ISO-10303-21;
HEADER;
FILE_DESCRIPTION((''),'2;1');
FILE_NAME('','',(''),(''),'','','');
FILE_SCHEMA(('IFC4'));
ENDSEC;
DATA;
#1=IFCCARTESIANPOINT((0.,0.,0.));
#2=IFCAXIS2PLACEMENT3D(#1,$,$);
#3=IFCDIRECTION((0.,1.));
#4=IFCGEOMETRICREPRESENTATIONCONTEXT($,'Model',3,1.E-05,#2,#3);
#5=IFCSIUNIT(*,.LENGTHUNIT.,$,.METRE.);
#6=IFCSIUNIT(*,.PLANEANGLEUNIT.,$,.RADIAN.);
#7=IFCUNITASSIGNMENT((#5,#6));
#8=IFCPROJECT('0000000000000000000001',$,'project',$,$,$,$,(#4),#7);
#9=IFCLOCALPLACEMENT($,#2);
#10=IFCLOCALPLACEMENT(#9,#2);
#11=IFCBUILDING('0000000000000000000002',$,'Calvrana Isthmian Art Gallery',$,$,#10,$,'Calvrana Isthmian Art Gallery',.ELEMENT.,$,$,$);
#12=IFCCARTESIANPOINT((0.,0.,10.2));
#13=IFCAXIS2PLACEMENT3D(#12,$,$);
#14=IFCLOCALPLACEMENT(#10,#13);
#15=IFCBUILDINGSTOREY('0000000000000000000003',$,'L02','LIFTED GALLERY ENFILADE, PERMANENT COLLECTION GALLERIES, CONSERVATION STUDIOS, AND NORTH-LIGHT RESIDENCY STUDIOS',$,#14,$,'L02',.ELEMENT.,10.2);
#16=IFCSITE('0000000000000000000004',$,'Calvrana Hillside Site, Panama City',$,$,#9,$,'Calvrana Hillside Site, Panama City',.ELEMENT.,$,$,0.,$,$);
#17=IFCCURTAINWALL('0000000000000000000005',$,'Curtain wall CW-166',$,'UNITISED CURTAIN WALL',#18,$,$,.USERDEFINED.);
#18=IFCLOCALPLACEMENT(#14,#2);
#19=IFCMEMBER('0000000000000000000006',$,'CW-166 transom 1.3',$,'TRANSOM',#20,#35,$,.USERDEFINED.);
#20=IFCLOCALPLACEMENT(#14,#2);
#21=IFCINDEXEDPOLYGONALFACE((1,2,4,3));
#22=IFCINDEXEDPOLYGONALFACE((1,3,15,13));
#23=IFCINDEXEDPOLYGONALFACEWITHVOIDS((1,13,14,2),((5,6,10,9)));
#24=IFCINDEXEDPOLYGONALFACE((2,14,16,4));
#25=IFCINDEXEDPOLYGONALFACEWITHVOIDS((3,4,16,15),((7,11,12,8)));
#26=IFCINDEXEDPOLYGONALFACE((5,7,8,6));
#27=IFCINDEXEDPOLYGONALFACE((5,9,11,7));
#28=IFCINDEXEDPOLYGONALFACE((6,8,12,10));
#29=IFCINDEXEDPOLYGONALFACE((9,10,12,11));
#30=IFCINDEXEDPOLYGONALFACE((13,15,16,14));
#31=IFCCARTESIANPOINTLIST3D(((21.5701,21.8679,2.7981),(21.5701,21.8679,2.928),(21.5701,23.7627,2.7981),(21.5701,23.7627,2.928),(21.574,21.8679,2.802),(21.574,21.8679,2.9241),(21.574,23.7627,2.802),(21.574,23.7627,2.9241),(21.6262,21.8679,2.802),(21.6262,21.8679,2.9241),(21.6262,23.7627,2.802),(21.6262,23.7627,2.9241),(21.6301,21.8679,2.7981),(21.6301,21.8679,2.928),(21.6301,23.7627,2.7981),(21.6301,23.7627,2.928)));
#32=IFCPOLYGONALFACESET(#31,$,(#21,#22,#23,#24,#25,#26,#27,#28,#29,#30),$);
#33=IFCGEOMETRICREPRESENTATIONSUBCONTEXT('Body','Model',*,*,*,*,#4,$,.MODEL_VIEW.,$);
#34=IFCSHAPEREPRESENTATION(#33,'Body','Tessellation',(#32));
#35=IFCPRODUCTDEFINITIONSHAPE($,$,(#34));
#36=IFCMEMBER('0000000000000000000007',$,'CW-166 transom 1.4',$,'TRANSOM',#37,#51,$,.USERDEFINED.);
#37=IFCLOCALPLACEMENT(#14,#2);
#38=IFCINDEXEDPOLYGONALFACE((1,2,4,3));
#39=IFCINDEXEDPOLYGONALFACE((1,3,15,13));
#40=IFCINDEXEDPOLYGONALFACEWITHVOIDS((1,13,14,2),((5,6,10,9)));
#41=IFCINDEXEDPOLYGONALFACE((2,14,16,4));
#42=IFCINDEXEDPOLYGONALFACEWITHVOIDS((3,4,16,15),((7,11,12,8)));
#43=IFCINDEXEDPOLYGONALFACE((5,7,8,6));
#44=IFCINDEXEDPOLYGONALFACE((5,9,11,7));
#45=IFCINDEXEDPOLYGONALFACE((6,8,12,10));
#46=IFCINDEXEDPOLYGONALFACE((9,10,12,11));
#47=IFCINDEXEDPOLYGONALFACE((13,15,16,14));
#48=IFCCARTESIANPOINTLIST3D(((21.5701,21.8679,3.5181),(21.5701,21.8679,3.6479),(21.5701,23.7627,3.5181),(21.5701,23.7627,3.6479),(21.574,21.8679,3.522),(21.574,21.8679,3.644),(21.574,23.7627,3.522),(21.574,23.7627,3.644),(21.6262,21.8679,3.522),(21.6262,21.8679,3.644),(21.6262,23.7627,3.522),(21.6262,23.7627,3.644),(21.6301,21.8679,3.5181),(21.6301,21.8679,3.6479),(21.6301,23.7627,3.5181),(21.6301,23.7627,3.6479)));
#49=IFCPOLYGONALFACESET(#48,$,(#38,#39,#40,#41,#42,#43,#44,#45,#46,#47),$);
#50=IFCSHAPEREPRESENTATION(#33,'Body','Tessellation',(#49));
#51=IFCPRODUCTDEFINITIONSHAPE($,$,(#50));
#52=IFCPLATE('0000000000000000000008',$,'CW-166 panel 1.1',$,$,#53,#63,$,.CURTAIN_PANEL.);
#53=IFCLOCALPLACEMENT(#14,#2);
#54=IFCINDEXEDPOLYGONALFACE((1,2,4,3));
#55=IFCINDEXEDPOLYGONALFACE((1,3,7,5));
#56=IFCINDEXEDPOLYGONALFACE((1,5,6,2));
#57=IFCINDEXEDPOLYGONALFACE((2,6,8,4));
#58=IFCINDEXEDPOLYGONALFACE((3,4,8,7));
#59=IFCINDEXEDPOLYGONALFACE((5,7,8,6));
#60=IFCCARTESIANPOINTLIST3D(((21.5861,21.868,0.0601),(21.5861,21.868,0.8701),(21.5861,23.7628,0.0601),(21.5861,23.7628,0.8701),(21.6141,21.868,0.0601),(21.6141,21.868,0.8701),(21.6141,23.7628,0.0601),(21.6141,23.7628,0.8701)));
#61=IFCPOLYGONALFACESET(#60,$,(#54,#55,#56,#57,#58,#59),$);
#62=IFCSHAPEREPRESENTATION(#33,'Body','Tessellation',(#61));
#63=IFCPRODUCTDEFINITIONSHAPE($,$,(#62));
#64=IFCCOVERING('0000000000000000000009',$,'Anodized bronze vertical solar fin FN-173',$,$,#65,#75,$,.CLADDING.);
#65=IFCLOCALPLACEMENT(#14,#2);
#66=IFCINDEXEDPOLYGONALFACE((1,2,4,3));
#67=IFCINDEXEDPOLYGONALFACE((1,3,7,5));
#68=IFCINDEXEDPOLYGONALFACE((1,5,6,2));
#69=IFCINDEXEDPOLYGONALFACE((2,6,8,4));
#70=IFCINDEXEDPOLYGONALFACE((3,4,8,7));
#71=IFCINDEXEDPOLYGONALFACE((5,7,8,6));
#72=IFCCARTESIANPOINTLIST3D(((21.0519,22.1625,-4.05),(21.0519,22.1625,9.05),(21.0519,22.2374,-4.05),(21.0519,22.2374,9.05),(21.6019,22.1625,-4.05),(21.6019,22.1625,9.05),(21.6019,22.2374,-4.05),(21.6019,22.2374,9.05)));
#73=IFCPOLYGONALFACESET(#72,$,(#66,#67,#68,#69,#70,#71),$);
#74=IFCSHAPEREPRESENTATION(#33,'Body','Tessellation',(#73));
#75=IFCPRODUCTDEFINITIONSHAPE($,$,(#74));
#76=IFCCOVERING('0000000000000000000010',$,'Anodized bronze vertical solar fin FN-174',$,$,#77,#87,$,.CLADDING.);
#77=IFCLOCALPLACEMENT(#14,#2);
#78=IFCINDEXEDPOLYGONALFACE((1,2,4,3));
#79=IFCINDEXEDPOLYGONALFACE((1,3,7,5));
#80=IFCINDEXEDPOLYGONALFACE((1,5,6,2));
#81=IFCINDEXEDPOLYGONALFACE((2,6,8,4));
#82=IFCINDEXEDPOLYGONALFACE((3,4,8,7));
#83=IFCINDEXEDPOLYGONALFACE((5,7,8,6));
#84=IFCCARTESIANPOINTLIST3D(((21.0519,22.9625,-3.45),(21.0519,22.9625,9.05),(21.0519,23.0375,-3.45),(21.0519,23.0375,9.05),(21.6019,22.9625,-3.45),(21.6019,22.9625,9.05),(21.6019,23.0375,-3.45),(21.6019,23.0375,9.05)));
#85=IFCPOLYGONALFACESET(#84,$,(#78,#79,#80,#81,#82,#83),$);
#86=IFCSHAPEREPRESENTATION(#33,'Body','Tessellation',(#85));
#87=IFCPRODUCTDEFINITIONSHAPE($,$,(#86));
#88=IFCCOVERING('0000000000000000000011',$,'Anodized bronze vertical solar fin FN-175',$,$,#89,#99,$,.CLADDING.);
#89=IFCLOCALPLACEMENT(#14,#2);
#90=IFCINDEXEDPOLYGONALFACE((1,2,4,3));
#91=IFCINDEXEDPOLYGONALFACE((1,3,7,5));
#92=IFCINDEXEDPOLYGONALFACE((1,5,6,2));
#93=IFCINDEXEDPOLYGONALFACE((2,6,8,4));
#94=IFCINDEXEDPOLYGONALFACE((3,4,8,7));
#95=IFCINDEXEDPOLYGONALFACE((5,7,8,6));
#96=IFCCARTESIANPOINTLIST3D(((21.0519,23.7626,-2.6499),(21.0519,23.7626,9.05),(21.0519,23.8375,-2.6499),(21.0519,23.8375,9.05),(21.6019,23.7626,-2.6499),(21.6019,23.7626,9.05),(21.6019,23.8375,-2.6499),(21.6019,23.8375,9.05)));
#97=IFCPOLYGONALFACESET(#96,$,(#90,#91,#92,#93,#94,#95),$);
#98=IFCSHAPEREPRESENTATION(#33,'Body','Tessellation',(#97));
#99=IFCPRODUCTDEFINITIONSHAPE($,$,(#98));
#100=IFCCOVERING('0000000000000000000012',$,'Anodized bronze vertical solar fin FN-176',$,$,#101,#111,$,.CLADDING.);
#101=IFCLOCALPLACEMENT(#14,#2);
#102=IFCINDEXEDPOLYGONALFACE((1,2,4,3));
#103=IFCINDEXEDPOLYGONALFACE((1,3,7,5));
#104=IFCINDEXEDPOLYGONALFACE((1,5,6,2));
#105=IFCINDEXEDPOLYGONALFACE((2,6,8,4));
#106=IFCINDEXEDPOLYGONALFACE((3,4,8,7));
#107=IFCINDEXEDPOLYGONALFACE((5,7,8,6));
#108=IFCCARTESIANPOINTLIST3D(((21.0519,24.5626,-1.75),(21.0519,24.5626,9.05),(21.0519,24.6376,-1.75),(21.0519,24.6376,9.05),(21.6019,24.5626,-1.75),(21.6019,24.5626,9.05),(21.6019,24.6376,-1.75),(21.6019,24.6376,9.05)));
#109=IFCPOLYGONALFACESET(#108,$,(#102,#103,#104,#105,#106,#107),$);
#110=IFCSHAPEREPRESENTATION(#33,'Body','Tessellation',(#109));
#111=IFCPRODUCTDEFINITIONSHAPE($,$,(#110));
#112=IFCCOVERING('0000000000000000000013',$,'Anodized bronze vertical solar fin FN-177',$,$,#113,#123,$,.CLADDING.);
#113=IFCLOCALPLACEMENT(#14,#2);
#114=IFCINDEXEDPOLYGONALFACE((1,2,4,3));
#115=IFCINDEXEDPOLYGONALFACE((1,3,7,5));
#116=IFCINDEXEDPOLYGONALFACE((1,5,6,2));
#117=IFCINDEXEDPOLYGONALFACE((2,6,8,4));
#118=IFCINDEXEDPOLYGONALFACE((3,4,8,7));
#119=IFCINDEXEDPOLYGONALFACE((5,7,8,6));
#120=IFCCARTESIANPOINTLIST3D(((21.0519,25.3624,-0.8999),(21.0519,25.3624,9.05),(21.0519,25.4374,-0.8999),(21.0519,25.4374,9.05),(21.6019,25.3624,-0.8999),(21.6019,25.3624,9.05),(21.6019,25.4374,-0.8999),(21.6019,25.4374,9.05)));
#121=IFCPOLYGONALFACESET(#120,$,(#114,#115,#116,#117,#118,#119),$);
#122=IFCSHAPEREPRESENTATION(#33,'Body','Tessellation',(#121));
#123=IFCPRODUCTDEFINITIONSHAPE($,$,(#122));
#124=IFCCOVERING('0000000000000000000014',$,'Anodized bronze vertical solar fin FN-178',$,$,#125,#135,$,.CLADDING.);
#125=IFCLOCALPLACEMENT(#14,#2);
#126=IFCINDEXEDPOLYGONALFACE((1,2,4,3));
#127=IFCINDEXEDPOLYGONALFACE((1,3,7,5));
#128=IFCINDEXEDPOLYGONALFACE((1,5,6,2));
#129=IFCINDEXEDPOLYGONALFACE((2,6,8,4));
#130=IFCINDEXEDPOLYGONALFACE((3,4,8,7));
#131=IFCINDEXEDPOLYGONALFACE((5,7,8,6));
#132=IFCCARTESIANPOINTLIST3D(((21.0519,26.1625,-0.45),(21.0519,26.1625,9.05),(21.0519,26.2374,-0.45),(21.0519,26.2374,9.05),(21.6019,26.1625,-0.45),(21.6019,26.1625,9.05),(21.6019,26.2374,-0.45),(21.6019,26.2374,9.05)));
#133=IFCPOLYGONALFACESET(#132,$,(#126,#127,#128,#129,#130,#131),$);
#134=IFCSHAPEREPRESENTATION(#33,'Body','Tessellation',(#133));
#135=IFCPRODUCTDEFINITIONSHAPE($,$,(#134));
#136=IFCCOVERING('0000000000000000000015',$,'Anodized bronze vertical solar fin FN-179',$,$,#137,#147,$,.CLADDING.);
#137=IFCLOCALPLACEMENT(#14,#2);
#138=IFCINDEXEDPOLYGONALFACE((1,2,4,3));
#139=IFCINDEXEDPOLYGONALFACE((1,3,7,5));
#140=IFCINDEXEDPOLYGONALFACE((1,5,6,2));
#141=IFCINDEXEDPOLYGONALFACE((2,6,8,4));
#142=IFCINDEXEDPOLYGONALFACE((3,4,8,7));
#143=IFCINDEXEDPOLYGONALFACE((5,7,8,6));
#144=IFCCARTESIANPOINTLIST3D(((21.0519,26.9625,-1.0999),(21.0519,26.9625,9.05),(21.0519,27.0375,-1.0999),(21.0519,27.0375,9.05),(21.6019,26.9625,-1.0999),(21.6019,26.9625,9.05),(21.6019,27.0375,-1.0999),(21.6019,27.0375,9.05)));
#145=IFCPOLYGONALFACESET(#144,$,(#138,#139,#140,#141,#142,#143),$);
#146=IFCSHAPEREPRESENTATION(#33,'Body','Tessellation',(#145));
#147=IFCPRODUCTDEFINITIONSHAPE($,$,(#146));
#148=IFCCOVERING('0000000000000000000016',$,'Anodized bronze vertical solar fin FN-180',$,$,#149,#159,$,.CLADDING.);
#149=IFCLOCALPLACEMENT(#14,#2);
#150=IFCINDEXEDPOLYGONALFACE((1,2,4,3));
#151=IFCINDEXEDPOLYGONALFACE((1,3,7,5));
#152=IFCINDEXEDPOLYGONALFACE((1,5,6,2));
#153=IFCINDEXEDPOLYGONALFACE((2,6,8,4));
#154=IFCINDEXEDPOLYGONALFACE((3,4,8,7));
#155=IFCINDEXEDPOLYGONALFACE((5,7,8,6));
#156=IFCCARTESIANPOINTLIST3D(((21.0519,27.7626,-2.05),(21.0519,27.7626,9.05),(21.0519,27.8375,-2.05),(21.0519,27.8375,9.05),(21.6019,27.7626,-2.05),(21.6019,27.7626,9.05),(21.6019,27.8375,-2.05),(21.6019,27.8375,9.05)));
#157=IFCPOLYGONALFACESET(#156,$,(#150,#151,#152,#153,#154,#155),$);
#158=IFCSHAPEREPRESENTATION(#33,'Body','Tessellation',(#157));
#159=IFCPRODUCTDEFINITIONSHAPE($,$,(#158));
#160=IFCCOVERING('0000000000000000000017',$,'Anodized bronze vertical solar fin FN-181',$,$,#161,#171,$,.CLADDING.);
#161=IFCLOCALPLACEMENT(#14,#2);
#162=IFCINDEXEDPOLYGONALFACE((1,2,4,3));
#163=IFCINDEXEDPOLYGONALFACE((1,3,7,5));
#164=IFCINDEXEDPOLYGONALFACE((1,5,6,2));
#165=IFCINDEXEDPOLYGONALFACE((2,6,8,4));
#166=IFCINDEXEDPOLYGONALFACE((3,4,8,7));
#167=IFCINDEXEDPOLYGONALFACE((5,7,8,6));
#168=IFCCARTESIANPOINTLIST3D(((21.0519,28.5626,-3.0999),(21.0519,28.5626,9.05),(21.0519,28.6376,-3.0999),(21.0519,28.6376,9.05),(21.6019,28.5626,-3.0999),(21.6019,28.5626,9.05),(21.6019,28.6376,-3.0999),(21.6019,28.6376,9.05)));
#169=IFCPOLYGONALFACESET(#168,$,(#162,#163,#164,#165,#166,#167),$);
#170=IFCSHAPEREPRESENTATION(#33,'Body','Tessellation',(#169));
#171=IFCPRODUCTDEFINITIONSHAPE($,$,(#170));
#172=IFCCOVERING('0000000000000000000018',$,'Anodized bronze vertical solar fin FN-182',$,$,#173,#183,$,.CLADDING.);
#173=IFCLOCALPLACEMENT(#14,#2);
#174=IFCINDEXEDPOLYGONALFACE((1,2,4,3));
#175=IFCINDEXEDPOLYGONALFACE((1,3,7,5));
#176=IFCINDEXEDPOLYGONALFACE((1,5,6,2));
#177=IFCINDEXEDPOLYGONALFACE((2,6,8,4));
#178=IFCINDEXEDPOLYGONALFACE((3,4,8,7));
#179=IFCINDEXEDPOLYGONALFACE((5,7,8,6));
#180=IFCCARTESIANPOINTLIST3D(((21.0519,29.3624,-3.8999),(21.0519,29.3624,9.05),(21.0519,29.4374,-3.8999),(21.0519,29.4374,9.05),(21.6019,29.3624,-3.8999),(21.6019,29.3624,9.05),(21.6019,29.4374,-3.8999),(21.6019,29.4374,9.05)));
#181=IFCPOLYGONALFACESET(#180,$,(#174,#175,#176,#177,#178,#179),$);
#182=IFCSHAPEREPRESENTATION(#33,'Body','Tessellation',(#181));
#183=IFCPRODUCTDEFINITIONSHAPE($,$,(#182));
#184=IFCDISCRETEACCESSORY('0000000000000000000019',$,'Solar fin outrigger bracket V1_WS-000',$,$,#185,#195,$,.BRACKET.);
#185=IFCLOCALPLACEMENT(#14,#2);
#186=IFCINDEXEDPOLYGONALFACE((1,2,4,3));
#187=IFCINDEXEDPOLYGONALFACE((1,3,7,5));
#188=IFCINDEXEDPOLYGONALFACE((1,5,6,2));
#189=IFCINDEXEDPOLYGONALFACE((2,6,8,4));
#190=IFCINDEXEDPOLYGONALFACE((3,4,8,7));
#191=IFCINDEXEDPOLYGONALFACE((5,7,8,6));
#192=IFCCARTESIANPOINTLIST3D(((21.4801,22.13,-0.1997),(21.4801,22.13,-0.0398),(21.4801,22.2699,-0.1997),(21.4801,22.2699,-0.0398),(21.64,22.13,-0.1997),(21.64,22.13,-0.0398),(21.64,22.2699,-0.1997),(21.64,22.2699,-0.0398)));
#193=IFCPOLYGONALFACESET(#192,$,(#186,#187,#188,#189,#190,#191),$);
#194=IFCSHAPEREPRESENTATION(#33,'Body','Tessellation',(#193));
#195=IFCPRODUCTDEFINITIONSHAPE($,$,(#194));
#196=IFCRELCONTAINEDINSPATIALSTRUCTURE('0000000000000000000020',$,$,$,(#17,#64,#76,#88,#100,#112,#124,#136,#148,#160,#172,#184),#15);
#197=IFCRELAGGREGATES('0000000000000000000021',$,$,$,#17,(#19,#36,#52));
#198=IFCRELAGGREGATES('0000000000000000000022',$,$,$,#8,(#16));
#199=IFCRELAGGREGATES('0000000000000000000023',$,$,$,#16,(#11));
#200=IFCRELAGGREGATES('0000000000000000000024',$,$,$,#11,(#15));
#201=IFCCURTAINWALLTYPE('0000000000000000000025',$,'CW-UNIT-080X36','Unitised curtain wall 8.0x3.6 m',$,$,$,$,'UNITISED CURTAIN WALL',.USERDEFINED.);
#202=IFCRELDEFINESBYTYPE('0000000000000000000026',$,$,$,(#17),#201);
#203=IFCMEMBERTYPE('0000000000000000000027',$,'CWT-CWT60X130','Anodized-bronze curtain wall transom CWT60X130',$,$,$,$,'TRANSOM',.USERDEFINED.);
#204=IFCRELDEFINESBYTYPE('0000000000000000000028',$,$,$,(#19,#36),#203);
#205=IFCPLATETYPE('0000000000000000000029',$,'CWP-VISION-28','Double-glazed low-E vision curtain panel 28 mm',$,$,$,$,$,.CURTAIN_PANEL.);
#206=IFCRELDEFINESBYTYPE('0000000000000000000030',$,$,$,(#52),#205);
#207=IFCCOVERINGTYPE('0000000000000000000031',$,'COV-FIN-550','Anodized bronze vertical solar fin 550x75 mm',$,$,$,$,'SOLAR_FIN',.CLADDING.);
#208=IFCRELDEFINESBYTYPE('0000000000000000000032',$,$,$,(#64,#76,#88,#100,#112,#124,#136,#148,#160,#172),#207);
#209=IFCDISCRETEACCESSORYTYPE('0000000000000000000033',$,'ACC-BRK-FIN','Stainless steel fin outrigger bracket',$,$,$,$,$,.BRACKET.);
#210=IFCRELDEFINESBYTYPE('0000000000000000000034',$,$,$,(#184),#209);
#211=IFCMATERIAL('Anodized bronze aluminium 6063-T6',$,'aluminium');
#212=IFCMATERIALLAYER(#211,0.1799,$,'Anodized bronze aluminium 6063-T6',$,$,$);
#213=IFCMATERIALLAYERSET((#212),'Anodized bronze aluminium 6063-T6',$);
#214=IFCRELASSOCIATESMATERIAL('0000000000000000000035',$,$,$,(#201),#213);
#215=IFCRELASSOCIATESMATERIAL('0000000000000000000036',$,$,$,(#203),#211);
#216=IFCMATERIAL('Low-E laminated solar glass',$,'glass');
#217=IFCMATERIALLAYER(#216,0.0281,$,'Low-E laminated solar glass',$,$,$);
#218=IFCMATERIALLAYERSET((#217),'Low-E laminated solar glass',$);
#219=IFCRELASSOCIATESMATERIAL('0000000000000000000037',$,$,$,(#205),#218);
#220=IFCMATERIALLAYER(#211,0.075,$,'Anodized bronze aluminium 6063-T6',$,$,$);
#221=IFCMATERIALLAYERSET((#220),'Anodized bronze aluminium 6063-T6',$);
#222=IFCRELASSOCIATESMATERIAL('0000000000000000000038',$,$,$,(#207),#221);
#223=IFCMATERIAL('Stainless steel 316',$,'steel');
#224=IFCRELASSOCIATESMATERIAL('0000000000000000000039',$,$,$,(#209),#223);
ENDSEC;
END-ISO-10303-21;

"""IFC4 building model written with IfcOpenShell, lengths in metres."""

from ifc_helpers import new_model, si_unit, direction, frame, origin, origin_2d, place, context, subcontext, project, spatial, rectangle, hollow_rectangle, extrude, material, layer, layer_set, material_profile, profile_set, type_object, element, aggregate, save


model = new_model("IFC4")

# Units and contexts
model_context = context("Model", 3, precision=1e-05, world=origin(), true_north=direction((0.0, 1.0)))
body_context = subcontext(model_context, "Body", "Model", "MODEL_VIEW")
ifc_project = project(units=[si_unit("LENGTHUNIT", "METRE"), si_unit("PLANEANGLEUNIT", "RADIAN")], contexts=[model_context])

# Site, building, storey
site_placement = place(None, origin())
site = spatial("IfcSite", under=ifc_project, at=site_placement, Name="Calvrana Hillside Site, Panama City", LongName="Calvrana Hillside Site, Panama City", CompositionType="ELEMENT", RefElevation=0.0)
building_placement = place(site_placement, origin())
building = spatial("IfcBuilding", under=site, at=building_placement, Name="Calvrana Isthmian Art Gallery", LongName="Calvrana Isthmian Art Gallery", CompositionType="ELEMENT")
storey_placement = place(building_placement, frame((0.0, 0.0, 10.2)))
storey = spatial("IfcBuildingStorey", under=building, at=storey_placement, Name="L02", Description="LIFTED GALLERY ENFILADE, PERMANENT COLLECTION GALLERIES, CONSERVATION STUDIOS, AND NORTH-LIGHT RESIDENCY STUDIOS", LongName="L02", CompositionType="ELEMENT", Elevation=10.2)

# Curtain wall, members, plate
ifc_material_1 = material(Name="Anodized bronze aluminium 6063-T6", Category="aluminium")
ifc_layer_1 = layer(ifc_material_1, 0.1799, Name="Anodized bronze aluminium 6063-T6")
ifc_layer_set_1 = layer_set([ifc_layer_1], Name="Anodized bronze aluminium 6063-T6")
curtain_wall_type = type_object("IfcCurtainWallType", Name="CW-UNIT-080X36", Description="Unitised curtain wall 8.0x3.6 m", ElementType="UNITISED CURTAIN WALL", PredefinedType="USERDEFINED", material=ifc_layer_set_1)
curtain_wall_placement = place(storey_placement, origin())
curtain_wall = element("IfcCurtainWall", 1, at=curtain_wall_placement, inside=storey, type_object=curtain_wall_type, Name="Curtain wall CW-166", ObjectType="UNITISED CURTAIN WALL", PredefinedType="USERDEFINED")
ifc_material_profile = material_profile(ifc_material_1, hollow_rectangle(XDim=0.0601, YDim=0.1299, WallThickness=0.0039, at=origin_2d()), Name="CWT60X130")
ifc_profile_set = profile_set([ifc_material_profile], Name="Anodized bronze aluminium 6063-T6")
member_type = type_object("IfcMemberType", Name="CWT-CWT60X130", Description="Anodized-bronze curtain wall transom CWT60X130", ElementType="TRANSOM", PredefinedType="USERDEFINED", material=ifc_profile_set)
member_1_placement = place(storey_placement, frame((21.6001, 21.8679, 2.863), z_axis=(0.0, 1.0, 0.0), x_axis=(-1.0, 0.0, 0.0)))
member_1 = element("IfcMember", 2, at=member_1_placement, type_object=member_type, Name="CW-166 transom 1.3", ObjectType="TRANSOM", PredefinedType="USERDEFINED", context=body_context, shape_type="SweptSolid", body=[
    extrude(hollow_rectangle(XDim=0.0601, YDim=0.1299, WallThickness=0.0039, at=origin_2d()), origin(), (0.0, 0.0, 1.0), 1.8948),
])
member_2_placement = place(storey_placement, frame((21.6001, 21.8679, 3.583), z_axis=(0.0, 1.0, 0.0), x_axis=(-1.0, 0.0, 0.0)))
member_2 = element("IfcMember", 3, at=member_2_placement, type_object=member_type, Name="CW-166 transom 1.4", ObjectType="TRANSOM", PredefinedType="USERDEFINED", context=body_context, shape_type="SweptSolid", body=[
    extrude(hollow_rectangle(XDim=0.0601, YDim=0.1299, WallThickness=0.0039, at=origin_2d()), origin(), (0.0, 0.0, 1.0), 1.8948),
])
ifc_material_2 = material(Name="Low-E laminated solar glass", Category="glass")
ifc_layer_2 = layer(ifc_material_2, 0.0281, Name="Low-E laminated solar glass")
ifc_layer_set_2 = layer_set([ifc_layer_2], Name="Low-E laminated solar glass")
plate_type = type_object("IfcPlateType", Name="CWP-VISION-28", Description="Double-glazed low-E vision curtain panel 28 mm", PredefinedType="CURTAIN_PANEL", material=ifc_layer_set_2)
plate_placement = place(storey_placement, frame((21.6001, 22.8154, 0.0601), z_axis=(0.0, 0.0, 1.0), x_axis=(0.0, 1.0, 0.0)))
plate = element("IfcPlate", 4, at=plate_placement, type_object=plate_type, Name="CW-166 panel 1.1", PredefinedType="CURTAIN_PANEL", context=body_context, shape_type="SweptSolid", body=[
    extrude(rectangle(XDim=1.8948, YDim=0.0281, at=origin_2d()), origin(), (0.0, 0.0, 1.0), 0.8101),
])
aggregate(curtain_wall, [member_1, member_2, plate])

# Coverings
ifc_layer_3 = layer(ifc_material_1, 0.075, Name="Anodized bronze aluminium 6063-T6")
ifc_layer_set_3 = layer_set([ifc_layer_3], Name="Anodized bronze aluminium 6063-T6")
covering_type = type_object("IfcCoveringType", Name="COV-FIN-550", Description="Anodized bronze vertical solar fin 550x75 mm", ElementType="SOLAR_FIN", PredefinedType="CLADDING", material=ifc_layer_set_3)
covering_1_placement = place(storey_placement, frame((21.3269, 22.2, -4.05), z_axis=(0.0, 0.0, 1.0), x_axis=(1.0, 0.0, 0.0)))
element("IfcCovering", 5, at=covering_1_placement, inside=storey, type_object=covering_type, Name="Anodized bronze vertical solar fin FN-173", PredefinedType="CLADDING", context=body_context, shape_type="SweptSolid", body=[
    extrude(rectangle(XDim=0.55, YDim=0.075, at=origin_2d()), origin(), (0.0, 0.0, 1.0), 13.1001),
])
covering_2_placement = place(storey_placement, frame((21.3269, 23.0, -3.45), z_axis=(0.0, 0.0, 1.0), x_axis=(1.0, 0.0, 0.0)))
element("IfcCovering", 6, at=covering_2_placement, inside=storey, type_object=covering_type, Name="Anodized bronze vertical solar fin FN-174", PredefinedType="CLADDING", context=body_context, shape_type="SweptSolid", body=[
    extrude(rectangle(XDim=0.55, YDim=0.075, at=origin_2d()), origin(), (0.0, 0.0, 1.0), 12.5),
])
covering_3_placement = place(storey_placement, frame((21.3269, 23.8, -2.6499), z_axis=(0.0, 0.0, 1.0), x_axis=(1.0, 0.0, 0.0)))
element("IfcCovering", 7, at=covering_3_placement, inside=storey, type_object=covering_type, Name="Anodized bronze vertical solar fin FN-175", PredefinedType="CLADDING", context=body_context, shape_type="SweptSolid", body=[
    extrude(rectangle(XDim=0.55, YDim=0.075, at=origin_2d()), origin(), (0.0, 0.0, 1.0), 11.7),
])
covering_4_placement = place(storey_placement, frame((21.3269, 24.6001, -1.75), z_axis=(0.0, 0.0, 1.0), x_axis=(1.0, 0.0, 0.0)))
element("IfcCovering", 8, at=covering_4_placement, inside=storey, type_object=covering_type, Name="Anodized bronze vertical solar fin FN-176", PredefinedType="CLADDING", context=body_context, shape_type="SweptSolid", body=[
    extrude(rectangle(XDim=0.55, YDim=0.075, at=origin_2d()), origin(), (0.0, 0.0, 1.0), 10.8),
])
covering_5_placement = place(storey_placement, frame((21.3269, 25.3999, -0.8999), z_axis=(0.0, 0.0, 1.0), x_axis=(1.0, 0.0, 0.0)))
element("IfcCovering", 9, at=covering_5_placement, inside=storey, type_object=covering_type, Name="Anodized bronze vertical solar fin FN-177", PredefinedType="CLADDING", context=body_context, shape_type="SweptSolid", body=[
    extrude(rectangle(XDim=0.55, YDim=0.075, at=origin_2d()), origin(), (0.0, 0.0, 1.0), 9.95),
])
covering_6_placement = place(storey_placement, frame((21.3269, 26.2, -0.45), z_axis=(0.0, 0.0, 1.0), x_axis=(1.0, 0.0, 0.0)))
element("IfcCovering", 10, at=covering_6_placement, inside=storey, type_object=covering_type, Name="Anodized bronze vertical solar fin FN-178", PredefinedType="CLADDING", context=body_context, shape_type="SweptSolid", body=[
    extrude(rectangle(XDim=0.55, YDim=0.075, at=origin_2d()), origin(), (0.0, 0.0, 1.0), 9.5),
])
covering_7_placement = place(storey_placement, frame((21.3269, 27.0, -1.0999), z_axis=(0.0, 0.0, 1.0), x_axis=(1.0, 0.0, 0.0)))
element("IfcCovering", 11, at=covering_7_placement, inside=storey, type_object=covering_type, Name="Anodized bronze vertical solar fin FN-179", PredefinedType="CLADDING", context=body_context, shape_type="SweptSolid", body=[
    extrude(rectangle(XDim=0.55, YDim=0.075, at=origin_2d()), origin(), (0.0, 0.0, 1.0), 10.1499),
])
covering_8_placement = place(storey_placement, frame((21.3269, 27.8, -2.05), z_axis=(0.0, 0.0, 1.0), x_axis=(1.0, 0.0, 0.0)))
element("IfcCovering", 12, at=covering_8_placement, inside=storey, type_object=covering_type, Name="Anodized bronze vertical solar fin FN-180", PredefinedType="CLADDING", context=body_context, shape_type="SweptSolid", body=[
    extrude(rectangle(XDim=0.55, YDim=0.075, at=origin_2d()), origin(), (0.0, 0.0, 1.0), 11.1001),
])
covering_9_placement = place(storey_placement, frame((21.3269, 28.6001, -3.0999), z_axis=(0.0, 0.0, 1.0), x_axis=(1.0, 0.0, 0.0)))
element("IfcCovering", 13, at=covering_9_placement, inside=storey, type_object=covering_type, Name="Anodized bronze vertical solar fin FN-181", PredefinedType="CLADDING", context=body_context, shape_type="SweptSolid", body=[
    extrude(rectangle(XDim=0.55, YDim=0.075, at=origin_2d()), origin(), (0.0, 0.0, 1.0), 12.1499),
])
covering_10_placement = place(storey_placement, frame((21.3269, 29.3999, -3.8999), z_axis=(0.0, 0.0, 1.0), x_axis=(1.0, 0.0, 0.0)))
element("IfcCovering", 14, at=covering_10_placement, inside=storey, type_object=covering_type, Name="Anodized bronze vertical solar fin FN-182", PredefinedType="CLADDING", context=body_context, shape_type="SweptSolid", body=[
    extrude(rectangle(XDim=0.55, YDim=0.075, at=origin_2d()), origin(), (0.0, 0.0, 1.0), 12.95),
])

# Discrete accessory
ifc_material_3 = material(Name="Stainless steel 316", Category="steel")
discrete_accessory_type = type_object("IfcDiscreteAccessoryType", Name="ACC-BRK-FIN", Description="Stainless steel fin outrigger bracket", PredefinedType="BRACKET", material=ifc_material_3)
for number, where, z_axis, x_axis, name in (
    (15, (21.5601, 22.2, -0.1997), (0.0, 0.0, 1.0), (1.0, 0.0, 0.0), "Solar fin outrigger bracket V1_WS-000"),
):
    element("IfcDiscreteAccessory", number, at=place(storey_placement, frame(where, z_axis=z_axis, x_axis=x_axis)), inside=storey, type_object=discrete_accessory_type, Name=name, PredefinedType="BRACKET", context=body_context, shape_type="SweptSolid", body=[
        extrude(rectangle(XDim=0.1599, YDim=0.1399, at=origin_2d()), origin(), (0.0, 0.0, 1.0), 0.1599),
    ])

save(model, "model.ifc")
